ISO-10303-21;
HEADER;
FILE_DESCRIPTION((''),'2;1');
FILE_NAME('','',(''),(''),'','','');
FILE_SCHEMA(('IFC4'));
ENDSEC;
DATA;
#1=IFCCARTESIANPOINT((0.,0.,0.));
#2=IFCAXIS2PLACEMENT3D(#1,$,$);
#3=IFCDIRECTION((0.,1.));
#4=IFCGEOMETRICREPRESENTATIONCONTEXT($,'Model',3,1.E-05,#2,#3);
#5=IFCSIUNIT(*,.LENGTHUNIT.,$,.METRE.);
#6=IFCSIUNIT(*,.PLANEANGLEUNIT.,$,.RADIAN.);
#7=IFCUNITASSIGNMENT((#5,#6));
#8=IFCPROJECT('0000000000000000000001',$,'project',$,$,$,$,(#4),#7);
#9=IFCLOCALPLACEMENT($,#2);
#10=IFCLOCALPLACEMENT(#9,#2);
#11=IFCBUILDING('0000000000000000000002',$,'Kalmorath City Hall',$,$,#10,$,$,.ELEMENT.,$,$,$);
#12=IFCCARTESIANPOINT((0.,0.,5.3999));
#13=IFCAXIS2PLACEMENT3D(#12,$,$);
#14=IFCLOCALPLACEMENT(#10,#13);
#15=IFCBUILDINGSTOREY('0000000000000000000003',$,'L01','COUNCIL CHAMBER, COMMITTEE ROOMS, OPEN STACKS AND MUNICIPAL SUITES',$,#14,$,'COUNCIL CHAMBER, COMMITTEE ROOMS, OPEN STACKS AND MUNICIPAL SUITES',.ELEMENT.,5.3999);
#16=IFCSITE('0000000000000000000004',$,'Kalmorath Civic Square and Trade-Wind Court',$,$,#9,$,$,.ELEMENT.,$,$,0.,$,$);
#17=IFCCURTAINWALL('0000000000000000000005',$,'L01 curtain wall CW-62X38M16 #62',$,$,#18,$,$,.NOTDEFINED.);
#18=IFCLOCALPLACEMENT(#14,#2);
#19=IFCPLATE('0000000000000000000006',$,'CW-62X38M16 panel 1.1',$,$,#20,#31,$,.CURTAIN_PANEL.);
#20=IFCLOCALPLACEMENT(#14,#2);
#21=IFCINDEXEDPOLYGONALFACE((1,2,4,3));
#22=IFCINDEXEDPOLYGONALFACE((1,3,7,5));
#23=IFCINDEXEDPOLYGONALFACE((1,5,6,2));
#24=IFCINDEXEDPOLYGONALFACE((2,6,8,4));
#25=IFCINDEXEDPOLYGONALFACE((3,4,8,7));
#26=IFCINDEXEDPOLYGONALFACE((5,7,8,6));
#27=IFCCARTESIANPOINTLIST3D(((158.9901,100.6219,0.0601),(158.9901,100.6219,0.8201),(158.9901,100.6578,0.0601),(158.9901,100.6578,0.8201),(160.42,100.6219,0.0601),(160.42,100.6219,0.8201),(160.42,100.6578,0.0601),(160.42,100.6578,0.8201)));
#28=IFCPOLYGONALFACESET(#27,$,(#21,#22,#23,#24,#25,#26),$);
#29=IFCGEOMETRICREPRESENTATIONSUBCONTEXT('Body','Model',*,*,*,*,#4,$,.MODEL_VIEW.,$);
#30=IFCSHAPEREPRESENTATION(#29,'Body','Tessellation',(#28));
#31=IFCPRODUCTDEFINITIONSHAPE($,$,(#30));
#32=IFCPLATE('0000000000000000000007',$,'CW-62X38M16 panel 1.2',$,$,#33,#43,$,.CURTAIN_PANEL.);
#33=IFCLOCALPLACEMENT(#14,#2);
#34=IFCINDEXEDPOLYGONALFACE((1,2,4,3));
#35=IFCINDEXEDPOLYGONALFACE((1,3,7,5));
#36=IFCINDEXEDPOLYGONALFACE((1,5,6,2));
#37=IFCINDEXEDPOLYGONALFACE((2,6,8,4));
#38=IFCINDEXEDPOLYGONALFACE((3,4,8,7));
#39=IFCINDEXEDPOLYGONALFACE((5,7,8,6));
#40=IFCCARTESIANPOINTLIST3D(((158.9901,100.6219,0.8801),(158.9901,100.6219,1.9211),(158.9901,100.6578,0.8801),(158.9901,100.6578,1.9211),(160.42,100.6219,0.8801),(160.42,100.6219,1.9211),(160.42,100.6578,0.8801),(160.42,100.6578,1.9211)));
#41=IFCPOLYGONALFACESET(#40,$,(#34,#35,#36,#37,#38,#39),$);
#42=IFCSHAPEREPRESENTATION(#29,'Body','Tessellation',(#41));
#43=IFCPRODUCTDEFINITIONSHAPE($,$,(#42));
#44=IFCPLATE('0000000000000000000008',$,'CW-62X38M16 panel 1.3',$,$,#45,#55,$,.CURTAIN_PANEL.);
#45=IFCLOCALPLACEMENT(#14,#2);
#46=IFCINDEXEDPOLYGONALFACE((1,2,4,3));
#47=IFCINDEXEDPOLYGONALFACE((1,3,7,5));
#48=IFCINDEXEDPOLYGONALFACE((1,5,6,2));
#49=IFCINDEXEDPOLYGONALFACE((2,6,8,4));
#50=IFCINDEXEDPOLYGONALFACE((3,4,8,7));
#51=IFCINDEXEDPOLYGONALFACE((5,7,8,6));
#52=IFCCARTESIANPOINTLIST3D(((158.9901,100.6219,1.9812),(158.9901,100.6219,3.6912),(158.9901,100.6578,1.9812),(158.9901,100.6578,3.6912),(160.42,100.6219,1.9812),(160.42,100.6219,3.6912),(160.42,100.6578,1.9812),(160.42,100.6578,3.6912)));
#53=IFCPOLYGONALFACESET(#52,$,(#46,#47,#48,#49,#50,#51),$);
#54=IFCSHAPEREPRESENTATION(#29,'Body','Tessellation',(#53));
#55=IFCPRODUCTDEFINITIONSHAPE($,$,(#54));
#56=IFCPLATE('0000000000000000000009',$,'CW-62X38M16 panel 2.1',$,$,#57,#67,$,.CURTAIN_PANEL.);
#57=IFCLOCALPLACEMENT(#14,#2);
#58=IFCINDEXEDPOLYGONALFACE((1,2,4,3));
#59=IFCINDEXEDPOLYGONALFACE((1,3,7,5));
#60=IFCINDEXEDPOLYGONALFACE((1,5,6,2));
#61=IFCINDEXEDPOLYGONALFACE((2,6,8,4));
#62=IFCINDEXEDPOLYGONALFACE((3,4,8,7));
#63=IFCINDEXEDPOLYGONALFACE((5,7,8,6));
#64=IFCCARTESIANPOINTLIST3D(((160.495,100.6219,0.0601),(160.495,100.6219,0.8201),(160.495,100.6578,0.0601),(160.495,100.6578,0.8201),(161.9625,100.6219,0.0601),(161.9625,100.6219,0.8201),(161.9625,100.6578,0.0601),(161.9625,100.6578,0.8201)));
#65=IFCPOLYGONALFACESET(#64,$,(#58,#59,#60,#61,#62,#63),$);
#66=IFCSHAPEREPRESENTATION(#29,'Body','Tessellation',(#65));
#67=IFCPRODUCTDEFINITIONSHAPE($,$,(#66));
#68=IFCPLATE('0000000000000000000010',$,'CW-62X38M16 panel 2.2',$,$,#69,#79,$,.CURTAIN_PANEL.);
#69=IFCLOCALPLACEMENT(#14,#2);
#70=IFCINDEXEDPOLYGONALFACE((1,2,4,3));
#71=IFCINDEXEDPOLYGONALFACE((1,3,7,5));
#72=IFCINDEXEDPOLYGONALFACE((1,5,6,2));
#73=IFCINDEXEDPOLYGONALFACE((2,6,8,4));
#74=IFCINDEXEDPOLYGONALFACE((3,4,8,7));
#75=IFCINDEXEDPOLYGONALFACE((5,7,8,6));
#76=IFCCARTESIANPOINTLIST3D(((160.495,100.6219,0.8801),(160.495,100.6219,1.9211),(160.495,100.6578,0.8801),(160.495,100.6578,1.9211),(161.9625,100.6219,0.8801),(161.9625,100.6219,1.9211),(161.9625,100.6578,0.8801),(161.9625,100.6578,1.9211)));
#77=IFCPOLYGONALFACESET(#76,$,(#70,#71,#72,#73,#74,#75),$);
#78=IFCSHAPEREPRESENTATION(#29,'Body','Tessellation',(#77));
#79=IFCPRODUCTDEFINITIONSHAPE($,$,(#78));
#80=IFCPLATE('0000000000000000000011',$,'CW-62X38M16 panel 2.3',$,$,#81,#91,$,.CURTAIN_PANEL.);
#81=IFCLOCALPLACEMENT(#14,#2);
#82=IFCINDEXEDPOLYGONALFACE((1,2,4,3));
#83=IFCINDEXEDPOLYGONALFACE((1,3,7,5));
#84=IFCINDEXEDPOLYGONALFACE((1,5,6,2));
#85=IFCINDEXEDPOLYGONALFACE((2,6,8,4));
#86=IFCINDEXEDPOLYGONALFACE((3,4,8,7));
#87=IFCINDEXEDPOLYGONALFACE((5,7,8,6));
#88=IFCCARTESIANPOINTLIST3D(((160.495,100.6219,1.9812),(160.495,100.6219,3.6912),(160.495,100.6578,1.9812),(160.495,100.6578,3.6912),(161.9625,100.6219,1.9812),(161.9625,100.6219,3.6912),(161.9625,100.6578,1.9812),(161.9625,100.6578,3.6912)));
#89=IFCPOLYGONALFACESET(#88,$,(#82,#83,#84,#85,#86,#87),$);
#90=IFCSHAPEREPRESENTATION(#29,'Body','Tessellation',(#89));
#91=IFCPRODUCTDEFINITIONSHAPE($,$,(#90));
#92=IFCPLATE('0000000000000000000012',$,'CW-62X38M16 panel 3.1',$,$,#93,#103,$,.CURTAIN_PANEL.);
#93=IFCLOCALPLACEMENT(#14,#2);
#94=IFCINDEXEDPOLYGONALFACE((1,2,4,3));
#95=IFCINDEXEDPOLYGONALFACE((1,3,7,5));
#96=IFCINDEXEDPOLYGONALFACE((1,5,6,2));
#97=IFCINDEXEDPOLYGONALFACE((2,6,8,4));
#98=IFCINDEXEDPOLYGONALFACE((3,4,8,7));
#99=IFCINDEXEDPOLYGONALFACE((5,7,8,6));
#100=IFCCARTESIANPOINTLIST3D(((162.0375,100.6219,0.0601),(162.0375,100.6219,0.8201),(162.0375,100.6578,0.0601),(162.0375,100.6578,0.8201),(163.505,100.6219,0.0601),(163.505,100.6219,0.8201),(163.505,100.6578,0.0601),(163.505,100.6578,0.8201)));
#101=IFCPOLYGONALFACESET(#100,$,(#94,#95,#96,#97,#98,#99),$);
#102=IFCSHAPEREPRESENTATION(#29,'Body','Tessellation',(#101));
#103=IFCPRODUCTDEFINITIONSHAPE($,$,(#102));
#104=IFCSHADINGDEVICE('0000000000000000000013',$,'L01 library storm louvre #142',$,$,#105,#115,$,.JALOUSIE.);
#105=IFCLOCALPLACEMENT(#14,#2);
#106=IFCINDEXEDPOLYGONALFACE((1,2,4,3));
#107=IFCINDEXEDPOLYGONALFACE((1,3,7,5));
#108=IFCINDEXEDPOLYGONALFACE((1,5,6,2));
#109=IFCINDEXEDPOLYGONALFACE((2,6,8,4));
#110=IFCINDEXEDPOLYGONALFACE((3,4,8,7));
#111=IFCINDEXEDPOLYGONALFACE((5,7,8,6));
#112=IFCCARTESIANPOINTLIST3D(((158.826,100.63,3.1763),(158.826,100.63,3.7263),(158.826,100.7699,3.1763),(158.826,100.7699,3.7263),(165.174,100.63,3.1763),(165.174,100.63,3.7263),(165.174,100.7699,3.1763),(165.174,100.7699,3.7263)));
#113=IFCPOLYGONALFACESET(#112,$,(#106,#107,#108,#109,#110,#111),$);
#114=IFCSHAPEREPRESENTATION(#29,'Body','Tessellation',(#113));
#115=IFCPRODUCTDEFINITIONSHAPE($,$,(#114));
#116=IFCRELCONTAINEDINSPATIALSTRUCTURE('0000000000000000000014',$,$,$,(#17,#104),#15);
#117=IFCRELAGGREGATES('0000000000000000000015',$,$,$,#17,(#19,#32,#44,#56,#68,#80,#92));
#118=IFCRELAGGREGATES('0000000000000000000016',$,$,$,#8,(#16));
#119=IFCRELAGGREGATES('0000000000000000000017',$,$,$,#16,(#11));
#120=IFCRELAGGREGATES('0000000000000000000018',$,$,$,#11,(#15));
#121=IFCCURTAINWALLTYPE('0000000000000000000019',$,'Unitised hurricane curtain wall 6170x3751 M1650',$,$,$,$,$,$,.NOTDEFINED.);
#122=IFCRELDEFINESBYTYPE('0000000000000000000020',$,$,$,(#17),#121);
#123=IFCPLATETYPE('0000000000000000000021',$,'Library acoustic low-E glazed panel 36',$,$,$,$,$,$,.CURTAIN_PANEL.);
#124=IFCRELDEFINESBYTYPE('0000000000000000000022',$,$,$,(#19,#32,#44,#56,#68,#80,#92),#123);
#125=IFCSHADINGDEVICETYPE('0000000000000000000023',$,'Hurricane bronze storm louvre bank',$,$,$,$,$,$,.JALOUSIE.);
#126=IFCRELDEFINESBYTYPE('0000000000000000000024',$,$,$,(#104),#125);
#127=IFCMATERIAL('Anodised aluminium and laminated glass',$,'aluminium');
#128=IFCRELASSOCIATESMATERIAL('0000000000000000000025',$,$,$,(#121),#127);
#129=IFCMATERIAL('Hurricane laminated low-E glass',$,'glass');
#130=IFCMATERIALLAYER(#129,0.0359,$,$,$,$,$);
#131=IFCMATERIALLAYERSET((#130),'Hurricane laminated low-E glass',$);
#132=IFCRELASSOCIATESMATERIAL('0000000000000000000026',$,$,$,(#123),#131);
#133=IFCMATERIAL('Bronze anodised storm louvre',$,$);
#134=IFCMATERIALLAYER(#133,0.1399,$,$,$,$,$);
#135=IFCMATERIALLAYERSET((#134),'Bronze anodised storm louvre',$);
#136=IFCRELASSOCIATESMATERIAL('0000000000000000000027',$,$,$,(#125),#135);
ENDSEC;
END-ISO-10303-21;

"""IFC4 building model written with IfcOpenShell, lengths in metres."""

from ifc_helpers import new_model, si_unit, direction, frame, origin, origin_2d, place, context, subcontext, project, spatial, rectangle, extrude, material, layer, layer_set, type_object, element, aggregate, save


model = new_model("IFC4")

# Units and contexts
model_context = context("Model", 3, precision=1e-05, world=origin(), true_north=direction((0.0, 1.0)))
body_context = subcontext(model_context, "Body", "Model", "MODEL_VIEW")
ifc_project = project(units=[si_unit("LENGTHUNIT", "METRE"), si_unit("PLANEANGLEUNIT", "RADIAN")], contexts=[model_context])

# Site, building, storey
site_placement = place(None, origin())
site = spatial("IfcSite", under=ifc_project, at=site_placement, Name="Kalmorath Civic Square and Trade-Wind Court", CompositionType="ELEMENT", RefElevation=0.0)
building_placement = place(site_placement, origin())
building = spatial("IfcBuilding", under=site, at=building_placement, Name="Kalmorath City Hall", CompositionType="ELEMENT")
storey_placement = place(building_placement, frame((0.0, 0.0, 5.3999)))
storey = spatial("IfcBuildingStorey", under=building, at=storey_placement, Name="L01", Description="COUNCIL CHAMBER, COMMITTEE ROOMS, OPEN STACKS AND MUNICIPAL SUITES", LongName="COUNCIL CHAMBER, COMMITTEE ROOMS, OPEN STACKS AND MUNICIPAL SUITES", CompositionType="ELEMENT", Elevation=5.3999)

# Curtain wall
ifc_material_1 = material(Name="Anodised aluminium and laminated glass", Category="aluminium")
curtain_wall_type = type_object("IfcCurtainWallType", Name="Unitised hurricane curtain wall 6170x3751 M1650", PredefinedType="NOTDEFINED", material=ifc_material_1)
curtain_wall_placement = place(storey_placement, origin())
curtain_wall = element("IfcCurtainWall", 1, at=curtain_wall_placement, inside=storey, type_object=curtain_wall_type, Name="L01 curtain wall CW-62X38M16 #62", PredefinedType="NOTDEFINED")

# Plates
ifc_material_2 = material(Name="Hurricane laminated low-E glass", Category="glass")
ifc_layer_1 = layer(ifc_material_2, 0.0359)
ifc_layer_set_1 = layer_set([ifc_layer_1], Name="Hurricane laminated low-E glass")
plate_type = type_object("IfcPlateType", Name="Library acoustic low-E glazed panel 36", PredefinedType="CURTAIN_PANEL", material=ifc_layer_set_1)
plate_1_placement = place(storey_placement, frame((159.7051, 100.6399, 0.0601), z_axis=(0.0, 0.0, 1.0), x_axis=(1.0, 0.0, 0.0)))
plate_1 = element("IfcPlate", 2, at=plate_1_placement, type_object=plate_type, Name="CW-62X38M16 panel 1.1", PredefinedType="CURTAIN_PANEL", context=body_context, shape_type="SweptSolid", body=[
    extrude(rectangle(XDim=1.4299, YDim=0.0359, at=origin_2d()), origin(), (0.0, 0.0, 1.0), 0.76),
])
plate_2_placement = place(storey_placement, frame((159.7051, 100.6399, 0.8801), z_axis=(0.0, 0.0, 1.0), x_axis=(1.0, 0.0, 0.0)))
plate_2 = element("IfcPlate", 3, at=plate_2_placement, type_object=plate_type, Name="CW-62X38M16 panel 1.2", PredefinedType="CURTAIN_PANEL", context=body_context, shape_type="SweptSolid", body=[
    extrude(rectangle(XDim=1.4299, YDim=0.0359, at=origin_2d()), origin(), (0.0, 0.0, 1.0), 1.041),
])
plate_3_placement = place(storey_placement, frame((159.7051, 100.6399, 1.9812), z_axis=(0.0, 0.0, 1.0), x_axis=(1.0, 0.0, 0.0)))
plate_3 = element("IfcPlate", 4, at=plate_3_placement, type_object=plate_type, Name="CW-62X38M16 panel 1.3", PredefinedType="CURTAIN_PANEL", context=body_context, shape_type="SweptSolid", body=[
    extrude(rectangle(XDim=1.4299, YDim=0.0359, at=origin_2d()), origin(), (0.0, 0.0, 1.0), 1.71),
])
plate_4_placement = place(storey_placement, frame((161.2288, 100.6399, 0.0601), z_axis=(0.0, 0.0, 1.0), x_axis=(1.0, 0.0, 0.0)))
plate_4 = element("IfcPlate", 5, at=plate_4_placement, type_object=plate_type, Name="CW-62X38M16 panel 2.1", PredefinedType="CURTAIN_PANEL", context=body_context, shape_type="SweptSolid", body=[
    extrude(rectangle(XDim=1.4675, YDim=0.0359, at=origin_2d()), origin(), (0.0, 0.0, 1.0), 0.76),
])
plate_5_placement = place(storey_placement, frame((161.2288, 100.6399, 0.8801), z_axis=(0.0, 0.0, 1.0), x_axis=(1.0, 0.0, 0.0)))
plate_5 = element("IfcPlate", 6, at=plate_5_placement, type_object=plate_type, Name="CW-62X38M16 panel 2.2", PredefinedType="CURTAIN_PANEL", context=body_context, shape_type="SweptSolid", body=[
    extrude(rectangle(XDim=1.4675, YDim=0.0359, at=origin_2d()), origin(), (0.0, 0.0, 1.0), 1.041),
])
plate_6_placement = place(storey_placement, frame((161.2288, 100.6399, 1.9812), z_axis=(0.0, 0.0, 1.0), x_axis=(1.0, 0.0, 0.0)))
plate_6 = element("IfcPlate", 7, at=plate_6_placement, type_object=plate_type, Name="CW-62X38M16 panel 2.3", PredefinedType="CURTAIN_PANEL", context=body_context, shape_type="SweptSolid", body=[
    extrude(rectangle(XDim=1.4675, YDim=0.0359, at=origin_2d()), origin(), (0.0, 0.0, 1.0), 1.71),
])
plate_7_placement = place(storey_placement, frame((162.7712, 100.6399, 0.0601), z_axis=(0.0, 0.0, 1.0), x_axis=(1.0, 0.0, 0.0)))
plate_7 = element("IfcPlate", 8, at=plate_7_placement, type_object=plate_type, Name="CW-62X38M16 panel 3.1", PredefinedType="CURTAIN_PANEL", context=body_context, shape_type="SweptSolid", body=[
    extrude(rectangle(XDim=1.4675, YDim=0.0359, at=origin_2d()), origin(), (0.0, 0.0, 1.0), 0.76),
])
aggregate(curtain_wall, [plate_1, plate_2, plate_3, plate_4, plate_5, plate_6, plate_7])

# Shading device
ifc_material_3 = material(Name="Bronze anodised storm louvre")
ifc_layer_2 = layer(ifc_material_3, 0.1399)
ifc_layer_set_2 = layer_set([ifc_layer_2], Name="Bronze anodised storm louvre")
shading_device_type = type_object("IfcShadingDeviceType", Name="Hurricane bronze storm louvre bank", PredefinedType="JALOUSIE", material=ifc_layer_set_2)
shading_device_placement = place(storey_placement, frame((162.0, 100.7, 3.1763), z_axis=(0.0, 0.0, 1.0), x_axis=(1.0, 0.0, 0.0)))
element("IfcShadingDevice", 9, at=shading_device_placement, inside=storey, type_object=shading_device_type, Name="L01 library storm louvre #142", PredefinedType="JALOUSIE", context=body_context, shape_type="SweptSolid", body=[
    extrude(rectangle(XDim=6.3479, YDim=0.1399, at=origin_2d()), origin(), (0.0, 0.0, 1.0), 0.55),
])

save(model, "model.ifc")
